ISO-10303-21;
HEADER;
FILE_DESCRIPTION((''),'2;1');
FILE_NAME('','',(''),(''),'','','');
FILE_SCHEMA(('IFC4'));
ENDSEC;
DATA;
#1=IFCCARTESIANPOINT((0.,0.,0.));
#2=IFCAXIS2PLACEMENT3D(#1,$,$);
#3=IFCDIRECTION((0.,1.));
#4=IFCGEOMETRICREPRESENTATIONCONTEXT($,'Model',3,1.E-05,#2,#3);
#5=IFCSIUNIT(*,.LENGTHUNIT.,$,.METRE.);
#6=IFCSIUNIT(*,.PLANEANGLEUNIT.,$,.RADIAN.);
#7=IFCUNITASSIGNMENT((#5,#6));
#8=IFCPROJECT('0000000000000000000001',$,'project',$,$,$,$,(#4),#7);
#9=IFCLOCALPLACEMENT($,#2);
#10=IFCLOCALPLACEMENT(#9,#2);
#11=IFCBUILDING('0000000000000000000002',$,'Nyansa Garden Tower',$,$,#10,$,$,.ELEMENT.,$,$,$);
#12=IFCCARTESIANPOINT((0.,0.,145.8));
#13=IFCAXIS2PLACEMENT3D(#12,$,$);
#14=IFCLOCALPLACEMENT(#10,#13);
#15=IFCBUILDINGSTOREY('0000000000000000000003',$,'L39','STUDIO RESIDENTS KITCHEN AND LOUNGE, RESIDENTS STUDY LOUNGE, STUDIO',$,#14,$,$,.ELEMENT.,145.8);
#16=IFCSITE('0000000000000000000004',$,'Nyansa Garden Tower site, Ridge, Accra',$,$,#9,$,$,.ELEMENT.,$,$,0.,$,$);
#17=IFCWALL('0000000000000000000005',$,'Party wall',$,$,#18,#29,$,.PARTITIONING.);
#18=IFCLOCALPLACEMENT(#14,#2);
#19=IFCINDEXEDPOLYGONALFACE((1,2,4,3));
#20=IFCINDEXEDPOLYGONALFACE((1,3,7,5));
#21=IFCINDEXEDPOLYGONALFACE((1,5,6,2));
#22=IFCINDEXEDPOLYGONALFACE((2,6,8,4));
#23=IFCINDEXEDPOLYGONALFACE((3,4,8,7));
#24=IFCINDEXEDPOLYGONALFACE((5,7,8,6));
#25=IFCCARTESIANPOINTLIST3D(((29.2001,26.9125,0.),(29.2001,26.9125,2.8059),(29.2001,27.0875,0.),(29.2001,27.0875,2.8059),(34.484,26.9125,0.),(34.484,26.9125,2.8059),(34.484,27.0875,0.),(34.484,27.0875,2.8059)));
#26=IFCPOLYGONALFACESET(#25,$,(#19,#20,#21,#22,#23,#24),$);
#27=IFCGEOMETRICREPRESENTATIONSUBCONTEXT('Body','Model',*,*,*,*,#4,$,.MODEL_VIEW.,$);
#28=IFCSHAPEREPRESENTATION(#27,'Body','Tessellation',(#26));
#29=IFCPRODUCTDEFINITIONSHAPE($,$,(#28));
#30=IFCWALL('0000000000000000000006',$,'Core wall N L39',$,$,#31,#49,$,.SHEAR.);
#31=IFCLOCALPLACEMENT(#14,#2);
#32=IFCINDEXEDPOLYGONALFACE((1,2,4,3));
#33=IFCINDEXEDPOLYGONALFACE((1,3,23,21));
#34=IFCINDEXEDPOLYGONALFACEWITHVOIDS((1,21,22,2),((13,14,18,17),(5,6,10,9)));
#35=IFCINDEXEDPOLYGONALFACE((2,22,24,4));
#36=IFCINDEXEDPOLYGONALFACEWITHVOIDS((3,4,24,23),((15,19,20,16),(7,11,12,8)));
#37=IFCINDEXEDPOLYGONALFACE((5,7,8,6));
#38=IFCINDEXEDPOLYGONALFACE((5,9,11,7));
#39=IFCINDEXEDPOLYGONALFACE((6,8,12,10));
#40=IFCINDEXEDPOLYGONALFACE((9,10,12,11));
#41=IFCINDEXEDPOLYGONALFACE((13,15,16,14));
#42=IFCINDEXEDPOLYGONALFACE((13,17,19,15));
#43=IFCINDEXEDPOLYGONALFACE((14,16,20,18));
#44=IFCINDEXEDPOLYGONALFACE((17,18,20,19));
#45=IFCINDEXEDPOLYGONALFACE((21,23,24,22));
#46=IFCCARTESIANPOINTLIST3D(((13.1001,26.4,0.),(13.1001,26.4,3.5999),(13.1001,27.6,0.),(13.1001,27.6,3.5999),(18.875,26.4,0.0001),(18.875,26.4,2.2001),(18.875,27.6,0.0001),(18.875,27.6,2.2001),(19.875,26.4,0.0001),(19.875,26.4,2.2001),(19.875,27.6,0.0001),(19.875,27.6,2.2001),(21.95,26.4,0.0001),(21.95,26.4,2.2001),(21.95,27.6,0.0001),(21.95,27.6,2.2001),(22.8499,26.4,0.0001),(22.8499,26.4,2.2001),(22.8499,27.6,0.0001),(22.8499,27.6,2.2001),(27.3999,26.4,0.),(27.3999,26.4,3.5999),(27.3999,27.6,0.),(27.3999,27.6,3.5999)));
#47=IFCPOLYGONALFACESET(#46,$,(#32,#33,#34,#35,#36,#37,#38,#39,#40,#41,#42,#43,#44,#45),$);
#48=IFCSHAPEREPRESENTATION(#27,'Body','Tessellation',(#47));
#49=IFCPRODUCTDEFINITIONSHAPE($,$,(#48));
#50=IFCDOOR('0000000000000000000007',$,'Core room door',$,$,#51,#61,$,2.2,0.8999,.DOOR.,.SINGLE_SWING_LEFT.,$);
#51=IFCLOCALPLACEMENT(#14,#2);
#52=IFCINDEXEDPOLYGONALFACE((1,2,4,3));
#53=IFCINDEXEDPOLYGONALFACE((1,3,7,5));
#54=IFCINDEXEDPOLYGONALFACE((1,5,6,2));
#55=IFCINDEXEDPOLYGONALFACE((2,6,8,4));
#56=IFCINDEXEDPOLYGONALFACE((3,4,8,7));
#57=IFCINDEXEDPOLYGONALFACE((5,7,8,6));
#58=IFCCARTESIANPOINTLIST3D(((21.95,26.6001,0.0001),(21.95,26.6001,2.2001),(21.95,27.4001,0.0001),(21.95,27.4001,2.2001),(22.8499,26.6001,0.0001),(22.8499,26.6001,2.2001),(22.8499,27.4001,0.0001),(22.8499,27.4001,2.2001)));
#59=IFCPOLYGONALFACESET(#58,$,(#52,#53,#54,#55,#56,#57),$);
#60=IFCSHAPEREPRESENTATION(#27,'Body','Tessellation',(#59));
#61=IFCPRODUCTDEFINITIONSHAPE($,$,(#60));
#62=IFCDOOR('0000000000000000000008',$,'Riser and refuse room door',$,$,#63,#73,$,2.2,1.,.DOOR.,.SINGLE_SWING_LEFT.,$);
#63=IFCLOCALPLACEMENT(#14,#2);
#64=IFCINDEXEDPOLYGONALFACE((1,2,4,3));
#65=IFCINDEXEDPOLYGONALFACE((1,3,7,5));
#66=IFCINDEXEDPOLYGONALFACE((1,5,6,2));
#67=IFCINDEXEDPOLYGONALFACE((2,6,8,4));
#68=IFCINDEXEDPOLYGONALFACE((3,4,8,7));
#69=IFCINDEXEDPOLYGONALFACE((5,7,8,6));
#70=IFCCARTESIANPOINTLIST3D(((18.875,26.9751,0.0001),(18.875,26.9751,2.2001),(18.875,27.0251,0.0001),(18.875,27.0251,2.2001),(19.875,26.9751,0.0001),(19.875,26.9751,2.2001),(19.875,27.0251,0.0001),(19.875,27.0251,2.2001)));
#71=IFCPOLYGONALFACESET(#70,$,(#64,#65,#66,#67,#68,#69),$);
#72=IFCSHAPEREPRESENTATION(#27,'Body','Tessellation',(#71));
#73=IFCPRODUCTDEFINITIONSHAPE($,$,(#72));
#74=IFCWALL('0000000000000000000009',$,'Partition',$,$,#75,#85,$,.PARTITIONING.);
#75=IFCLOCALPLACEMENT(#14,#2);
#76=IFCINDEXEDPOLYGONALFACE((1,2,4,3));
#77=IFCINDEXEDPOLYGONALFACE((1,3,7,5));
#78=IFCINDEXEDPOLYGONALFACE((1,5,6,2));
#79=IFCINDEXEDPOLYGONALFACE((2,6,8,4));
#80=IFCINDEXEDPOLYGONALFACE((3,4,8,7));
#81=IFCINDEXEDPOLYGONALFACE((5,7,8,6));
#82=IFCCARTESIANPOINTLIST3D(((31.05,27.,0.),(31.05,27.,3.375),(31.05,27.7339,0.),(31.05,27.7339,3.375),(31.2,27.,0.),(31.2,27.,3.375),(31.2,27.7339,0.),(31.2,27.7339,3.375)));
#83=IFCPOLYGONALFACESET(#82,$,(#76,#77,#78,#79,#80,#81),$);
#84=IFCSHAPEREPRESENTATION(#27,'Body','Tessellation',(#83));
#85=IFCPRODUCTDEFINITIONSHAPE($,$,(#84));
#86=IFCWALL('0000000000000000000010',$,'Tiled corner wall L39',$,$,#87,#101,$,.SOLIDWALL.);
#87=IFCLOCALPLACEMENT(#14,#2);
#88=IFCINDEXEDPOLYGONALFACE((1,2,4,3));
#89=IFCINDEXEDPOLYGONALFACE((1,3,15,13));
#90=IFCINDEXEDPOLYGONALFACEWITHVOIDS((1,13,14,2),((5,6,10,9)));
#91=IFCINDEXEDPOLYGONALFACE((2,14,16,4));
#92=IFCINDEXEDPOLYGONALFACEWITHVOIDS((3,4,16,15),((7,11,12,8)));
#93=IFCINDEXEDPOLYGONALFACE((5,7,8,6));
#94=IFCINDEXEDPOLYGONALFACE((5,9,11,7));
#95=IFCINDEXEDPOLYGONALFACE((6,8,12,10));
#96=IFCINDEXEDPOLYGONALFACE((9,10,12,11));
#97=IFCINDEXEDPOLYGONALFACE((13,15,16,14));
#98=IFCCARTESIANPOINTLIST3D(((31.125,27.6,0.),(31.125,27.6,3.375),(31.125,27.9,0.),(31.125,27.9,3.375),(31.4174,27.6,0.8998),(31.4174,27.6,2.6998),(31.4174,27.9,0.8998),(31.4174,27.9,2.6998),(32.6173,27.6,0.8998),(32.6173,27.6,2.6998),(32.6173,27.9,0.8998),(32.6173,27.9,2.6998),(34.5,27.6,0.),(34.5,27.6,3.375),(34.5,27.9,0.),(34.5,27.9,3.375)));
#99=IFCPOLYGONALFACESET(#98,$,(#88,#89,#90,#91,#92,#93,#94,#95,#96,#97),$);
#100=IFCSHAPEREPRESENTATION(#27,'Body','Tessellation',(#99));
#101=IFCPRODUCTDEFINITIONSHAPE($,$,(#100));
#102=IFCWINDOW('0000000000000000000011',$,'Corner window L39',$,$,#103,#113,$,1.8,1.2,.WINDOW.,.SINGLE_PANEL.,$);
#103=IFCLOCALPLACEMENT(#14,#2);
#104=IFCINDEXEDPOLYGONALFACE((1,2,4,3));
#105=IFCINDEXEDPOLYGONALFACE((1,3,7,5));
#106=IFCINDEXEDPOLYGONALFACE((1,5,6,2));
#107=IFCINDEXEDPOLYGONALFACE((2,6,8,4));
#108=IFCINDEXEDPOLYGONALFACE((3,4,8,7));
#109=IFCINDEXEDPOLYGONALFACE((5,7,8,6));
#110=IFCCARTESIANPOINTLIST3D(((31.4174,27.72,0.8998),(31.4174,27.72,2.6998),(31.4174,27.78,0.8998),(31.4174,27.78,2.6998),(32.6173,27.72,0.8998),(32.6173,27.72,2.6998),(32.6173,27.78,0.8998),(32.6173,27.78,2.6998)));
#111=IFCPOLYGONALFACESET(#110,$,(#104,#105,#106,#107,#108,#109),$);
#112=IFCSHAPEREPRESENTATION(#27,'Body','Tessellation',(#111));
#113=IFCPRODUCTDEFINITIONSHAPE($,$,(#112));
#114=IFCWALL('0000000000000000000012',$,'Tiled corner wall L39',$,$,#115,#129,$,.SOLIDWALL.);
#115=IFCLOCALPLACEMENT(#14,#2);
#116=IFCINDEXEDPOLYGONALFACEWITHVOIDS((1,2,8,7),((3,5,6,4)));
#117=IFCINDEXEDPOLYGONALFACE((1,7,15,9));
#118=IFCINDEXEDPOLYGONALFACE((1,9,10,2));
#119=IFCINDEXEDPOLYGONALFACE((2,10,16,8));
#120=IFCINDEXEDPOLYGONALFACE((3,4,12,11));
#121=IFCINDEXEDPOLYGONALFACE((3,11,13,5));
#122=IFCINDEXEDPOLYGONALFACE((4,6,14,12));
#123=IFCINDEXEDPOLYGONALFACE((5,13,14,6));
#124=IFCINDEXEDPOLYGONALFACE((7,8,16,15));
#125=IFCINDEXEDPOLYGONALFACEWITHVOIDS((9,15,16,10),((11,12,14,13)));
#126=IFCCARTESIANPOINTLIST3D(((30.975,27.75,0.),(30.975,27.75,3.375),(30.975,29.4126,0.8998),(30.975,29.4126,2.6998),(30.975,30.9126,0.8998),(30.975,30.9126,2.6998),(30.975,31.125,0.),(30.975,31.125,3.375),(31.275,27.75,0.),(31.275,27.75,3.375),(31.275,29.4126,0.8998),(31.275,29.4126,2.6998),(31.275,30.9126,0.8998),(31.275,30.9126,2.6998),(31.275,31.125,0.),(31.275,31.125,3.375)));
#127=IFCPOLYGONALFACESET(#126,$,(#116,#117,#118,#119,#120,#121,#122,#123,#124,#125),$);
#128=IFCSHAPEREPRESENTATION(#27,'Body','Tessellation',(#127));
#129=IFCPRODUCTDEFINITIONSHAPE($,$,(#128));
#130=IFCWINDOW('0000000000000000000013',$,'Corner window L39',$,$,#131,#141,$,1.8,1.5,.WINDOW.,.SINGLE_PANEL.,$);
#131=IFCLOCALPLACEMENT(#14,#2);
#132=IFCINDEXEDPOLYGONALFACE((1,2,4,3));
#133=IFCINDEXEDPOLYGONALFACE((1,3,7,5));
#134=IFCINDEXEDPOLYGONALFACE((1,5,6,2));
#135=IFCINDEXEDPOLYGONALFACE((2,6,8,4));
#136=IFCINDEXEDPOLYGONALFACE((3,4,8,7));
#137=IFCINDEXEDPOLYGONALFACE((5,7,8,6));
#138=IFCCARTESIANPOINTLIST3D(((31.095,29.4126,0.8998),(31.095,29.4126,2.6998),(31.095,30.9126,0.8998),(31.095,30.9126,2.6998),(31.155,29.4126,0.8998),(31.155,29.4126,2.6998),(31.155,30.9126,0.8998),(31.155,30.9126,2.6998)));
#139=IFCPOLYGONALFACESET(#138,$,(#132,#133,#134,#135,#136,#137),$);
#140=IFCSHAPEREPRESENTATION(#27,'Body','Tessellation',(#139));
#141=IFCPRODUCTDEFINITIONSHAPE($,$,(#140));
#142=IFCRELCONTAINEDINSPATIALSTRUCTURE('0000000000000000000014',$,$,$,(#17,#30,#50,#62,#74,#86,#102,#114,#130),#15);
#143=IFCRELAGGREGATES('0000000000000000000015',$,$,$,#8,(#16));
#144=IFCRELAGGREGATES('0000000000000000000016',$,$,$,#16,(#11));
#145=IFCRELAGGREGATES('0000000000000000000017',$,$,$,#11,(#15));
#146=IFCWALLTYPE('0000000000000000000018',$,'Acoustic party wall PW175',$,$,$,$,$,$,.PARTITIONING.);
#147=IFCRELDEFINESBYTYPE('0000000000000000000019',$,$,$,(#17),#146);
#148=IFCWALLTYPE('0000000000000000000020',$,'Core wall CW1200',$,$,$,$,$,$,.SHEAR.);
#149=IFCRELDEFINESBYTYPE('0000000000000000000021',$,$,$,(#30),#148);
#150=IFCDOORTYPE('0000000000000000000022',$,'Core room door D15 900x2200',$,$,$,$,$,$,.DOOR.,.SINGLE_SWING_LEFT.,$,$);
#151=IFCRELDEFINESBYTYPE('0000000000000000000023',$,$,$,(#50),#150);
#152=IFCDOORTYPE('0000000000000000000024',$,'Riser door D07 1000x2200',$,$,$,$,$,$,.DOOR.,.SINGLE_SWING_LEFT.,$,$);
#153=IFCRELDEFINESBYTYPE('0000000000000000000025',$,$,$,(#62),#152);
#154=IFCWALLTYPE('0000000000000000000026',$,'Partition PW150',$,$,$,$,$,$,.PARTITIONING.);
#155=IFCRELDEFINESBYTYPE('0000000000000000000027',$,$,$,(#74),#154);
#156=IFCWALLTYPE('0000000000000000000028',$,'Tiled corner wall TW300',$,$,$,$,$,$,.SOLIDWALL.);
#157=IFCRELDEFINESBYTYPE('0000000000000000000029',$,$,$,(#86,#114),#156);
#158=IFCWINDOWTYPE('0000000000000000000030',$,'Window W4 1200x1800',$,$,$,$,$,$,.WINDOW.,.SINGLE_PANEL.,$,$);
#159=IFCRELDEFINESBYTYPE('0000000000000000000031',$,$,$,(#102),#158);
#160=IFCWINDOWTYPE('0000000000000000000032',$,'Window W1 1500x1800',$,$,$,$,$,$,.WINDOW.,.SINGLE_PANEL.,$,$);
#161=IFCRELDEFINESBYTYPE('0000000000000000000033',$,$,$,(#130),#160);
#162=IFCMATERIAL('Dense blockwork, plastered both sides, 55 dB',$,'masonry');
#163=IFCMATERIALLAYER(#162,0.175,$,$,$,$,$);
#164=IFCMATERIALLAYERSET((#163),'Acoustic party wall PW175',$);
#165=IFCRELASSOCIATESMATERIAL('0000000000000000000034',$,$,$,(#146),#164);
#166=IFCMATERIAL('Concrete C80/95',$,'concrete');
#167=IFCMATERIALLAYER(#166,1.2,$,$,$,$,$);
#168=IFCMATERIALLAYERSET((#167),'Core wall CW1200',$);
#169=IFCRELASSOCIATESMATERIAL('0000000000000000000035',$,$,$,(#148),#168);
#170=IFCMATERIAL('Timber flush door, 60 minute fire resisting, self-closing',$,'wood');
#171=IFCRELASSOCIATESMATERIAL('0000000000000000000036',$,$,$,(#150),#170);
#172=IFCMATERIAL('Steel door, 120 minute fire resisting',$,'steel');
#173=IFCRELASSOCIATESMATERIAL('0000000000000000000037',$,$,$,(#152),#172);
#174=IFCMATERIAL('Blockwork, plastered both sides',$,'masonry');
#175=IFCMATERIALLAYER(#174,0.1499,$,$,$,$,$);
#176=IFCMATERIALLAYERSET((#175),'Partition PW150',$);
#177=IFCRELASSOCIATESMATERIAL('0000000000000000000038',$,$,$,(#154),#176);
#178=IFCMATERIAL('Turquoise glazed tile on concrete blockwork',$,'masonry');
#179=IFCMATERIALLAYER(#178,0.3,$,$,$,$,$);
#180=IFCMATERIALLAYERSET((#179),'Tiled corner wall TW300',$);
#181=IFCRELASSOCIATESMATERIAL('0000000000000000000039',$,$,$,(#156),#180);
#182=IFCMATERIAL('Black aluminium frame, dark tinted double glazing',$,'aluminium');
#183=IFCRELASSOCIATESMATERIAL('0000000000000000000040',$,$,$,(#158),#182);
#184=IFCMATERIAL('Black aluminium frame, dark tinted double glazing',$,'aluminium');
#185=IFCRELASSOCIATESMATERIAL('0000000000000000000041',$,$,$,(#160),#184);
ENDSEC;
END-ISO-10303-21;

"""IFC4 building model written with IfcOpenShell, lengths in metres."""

from ifc_helpers import new_model, si_unit, direction, frame, frame_2d, origin, place, context, subcontext, project, spatial, rectangle, extrude, material, layer, layer_set, type_object, element, fill, save


model = new_model("IFC4")

# Units and contexts
model_context = context("Model", 3, precision=1e-05, world=origin(), true_north=direction((0.0, 1.0)))
body_context = subcontext(model_context, "Body", "Model", "MODEL_VIEW")
ifc_project = project(units=[si_unit("LENGTHUNIT", "METRE"), si_unit("PLANEANGLEUNIT", "RADIAN")], contexts=[model_context])

# Site, building, storey
site_placement = place(None, origin())
site = spatial("IfcSite", under=ifc_project, at=site_placement, Name="Nyansa Garden Tower site, Ridge, Accra", CompositionType="ELEMENT", RefElevation=0.0)
building_placement = place(site_placement, origin())
building = spatial("IfcBuilding", under=site, at=building_placement, Name="Nyansa Garden Tower", CompositionType="ELEMENT")
storey_placement = place(building_placement, frame((0.0, 0.0, 145.8)))
storey = spatial("IfcBuildingStorey", under=building, at=storey_placement, Name="L39", Description="STUDIO RESIDENTS KITCHEN AND LOUNGE, RESIDENTS STUDY LOUNGE, STUDIO", CompositionType="ELEMENT", Elevation=145.8)

# Wall
ifc_material_1 = material(Name="Dense blockwork, plastered both sides, 55 dB", Category="masonry")
ifc_layer_1 = layer(ifc_material_1, 0.175)
ifc_layer_set_1 = layer_set([ifc_layer_1], Name="Acoustic party wall PW175")
wall_type_1 = type_object("IfcWallType", Name="Acoustic party wall PW175", PredefinedType="PARTITIONING", material=ifc_layer_set_1)
wall_1_placement = place(storey_placement, frame((29.2, 27.0, 0.0), z_axis=(0.0, 0.0, 1.0), x_axis=(1.0, 0.0, 0.0)))
element("IfcWall", 1, at=wall_1_placement, inside=storey, type_object=wall_type_1, Name="Party wall", PredefinedType="PARTITIONING", context=body_context, shape_type="SweptSolid", body=[
    extrude(rectangle(XDim=5.2839, YDim=0.175, at=frame_2d((2.6421, 0.0))), origin(), (0.0, 0.0, 1.0), 2.8059),
])

# Wall, openings, doors
ifc_material_2 = material(Name="Concrete C80/95", Category="concrete")
ifc_layer_2 = layer(ifc_material_2, 1.2)
ifc_layer_set_2 = layer_set([ifc_layer_2], Name="Core wall CW1200")
wall_type_2 = type_object("IfcWallType", Name="Core wall CW1200", PredefinedType="SHEAR", material=ifc_layer_set_2)
wall_2_placement = place(storey_placement, frame((27.3999, 27.0, 0.0), z_axis=(0.0, 0.0, 1.0), x_axis=(-1.0, 0.0, 0.0)))
wall_2 = element("IfcWall", 2, at=wall_2_placement, inside=storey, type_object=wall_type_2, Name="Core wall N L39", PredefinedType="SHEAR", context=body_context, shape_type="SweptSolid", body=[
    extrude(rectangle(XDim=14.2998, YDim=1.2, at=frame_2d((7.1499, 0.0))), origin(), (0.0, 0.0, 1.0), 3.5999),
])
opening_1_placement = place(wall_2_placement, frame((4.55, 0.0, 0.0)))
opening_1 = element("IfcOpeningElement", 3, at=opening_1_placement, cuts=wall_2, PredefinedType="OPENING", context=body_context, shape_type="SweptSolid", body=[
    extrude(rectangle(XDim=0.8999, YDim=2.2, at=frame_2d((0.45, 1.1001))), frame((0.0, 0.6099, 0.0), z_axis=(0.0, -1.0, 0.0), x_axis=(1.0, 0.0, 0.0)), (0.0, 0.0, 1.0), 1.22),
])
opening_2_placement = place(wall_2_placement, frame((7.5249, 0.0, 0.0)))
opening_2 = element("IfcOpeningElement", 4, at=opening_2_placement, cuts=wall_2, PredefinedType="OPENING", context=body_context, shape_type="SweptSolid", body=[
    extrude(rectangle(XDim=1.0, YDim=2.2, at=frame_2d((0.5, 1.1001))), frame((0.0, 0.6099, 0.0), z_axis=(0.0, -1.0, 0.0), x_axis=(1.0, 0.0, 0.0)), (0.0, 0.0, 1.0), 1.22),
])
ifc_material_3 = material(Name="Timber flush door, 60 minute fire resisting, self-closing", Category="wood")
door_type_1 = type_object("IfcDoorType", Name="Core room door D15 900x2200", OperationType="SINGLE_SWING_LEFT", PredefinedType="DOOR", material=ifc_material_3)
door_1_placement = place(opening_1_placement, origin())
door_1 = element("IfcDoor", 5, at=door_1_placement, inside=storey, type_object=door_type_1, Name="Core room door", OperationType="SINGLE_SWING_LEFT", OverallHeight=2.2, OverallWidth=0.8999, PredefinedType="DOOR", context=body_context, shape_type="SweptSolid", body=[
    extrude(rectangle(XDim=0.8999, YDim=2.2, at=frame_2d((0.45, 1.1001))), frame((0.0, 0.3999, 0.0), z_axis=(0.0, -1.0, 0.0), x_axis=(1.0, 0.0, 0.0)), (0.0, 0.0, 1.0), 0.8),
])
fill(opening_1, door_1)
ifc_material_4 = material(Name="Steel door, 120 minute fire resisting", Category="steel")
door_type_2 = type_object("IfcDoorType", Name="Riser door D07 1000x2200", OperationType="SINGLE_SWING_LEFT", PredefinedType="DOOR", material=ifc_material_4)
door_2_placement = place(opening_2_placement, origin())
door_2 = element("IfcDoor", 6, at=door_2_placement, inside=storey, type_object=door_type_2, Name="Riser and refuse room door", OperationType="SINGLE_SWING_LEFT", OverallHeight=2.2, OverallWidth=1.0, PredefinedType="DOOR", context=body_context, shape_type="SweptSolid", body=[
    extrude(rectangle(XDim=1.0, YDim=2.2, at=frame_2d((0.5, 1.1001))), frame((0.0, 0.0249, 0.0), z_axis=(0.0, -1.0, 0.0), x_axis=(1.0, 0.0, 0.0)), (0.0, 0.0, 1.0), 0.05),
])
fill(opening_2, door_2)

# Wall
ifc_material_5 = material(Name="Blockwork, plastered both sides", Category="masonry")
ifc_layer_3 = layer(ifc_material_5, 0.1499)
ifc_layer_set_3 = layer_set([ifc_layer_3], Name="Partition PW150")
wall_type_3 = type_object("IfcWallType", Name="Partition PW150", PredefinedType="PARTITIONING", material=ifc_layer_set_3)
wall_3_placement = place(storey_placement, frame((31.125, 27.0, 0.0), z_axis=(0.0, 0.0, 1.0), x_axis=(0.0, 1.0, 0.0)))
element("IfcWall", 7, at=wall_3_placement, inside=storey, type_object=wall_type_3, Name="Partition", PredefinedType="PARTITIONING", context=body_context, shape_type="SweptSolid", body=[
    extrude(rectangle(XDim=0.7339, YDim=0.1499, at=frame_2d((0.3669, 0.0))), origin(), (0.0, 0.0, 1.0), 3.375),
])

# Walls, openings, windows
ifc_material_6 = material(Name="Turquoise glazed tile on concrete blockwork", Category="masonry")
ifc_layer_4 = layer(ifc_material_6, 0.3)
ifc_layer_set_4 = layer_set([ifc_layer_4], Name="Tiled corner wall TW300")
wall_type_4 = type_object("IfcWallType", Name="Tiled corner wall TW300", PredefinedType="SOLIDWALL", material=ifc_layer_set_4)
wall_4_placement = place(storey_placement, frame((34.5, 27.75, 0.0), z_axis=(0.0, 0.0, 1.0), x_axis=(-1.0, 0.0, 0.0)))
wall_4 = element("IfcWall", 8, at=wall_4_placement, inside=storey, type_object=wall_type_4, Name="Tiled corner wall L39", PredefinedType="SOLIDWALL", context=body_context, shape_type="SweptSolid", body=[
    extrude(rectangle(XDim=3.375, YDim=0.3, at=frame_2d((1.6875, 0.0))), origin(), (0.0, 0.0, 1.0), 3.375),
])
opening_3_placement = place(wall_4_placement, frame((1.8826, 0.0, 0.8999)))
opening_3 = element("IfcOpeningElement", 9, at=opening_3_placement, cuts=wall_4, PredefinedType="OPENING", context=body_context, shape_type="SweptSolid", body=[
    extrude(rectangle(XDim=1.2, YDim=1.8, at=frame_2d((0.6001, 0.8999))), frame((0.0, 0.1599, 0.0), z_axis=(0.0, -1.0, 0.0), x_axis=(1.0, 0.0, 0.0)), (0.0, 0.0, 1.0), 0.3201),
])
ifc_material_7 = material(Name="Black aluminium frame, dark tinted double glazing", Category="aluminium")
window_type_1 = type_object("IfcWindowType", Name="Window W4 1200x1800", PartitioningType="SINGLE_PANEL", PredefinedType="WINDOW", material=ifc_material_7)
window_1_placement = place(opening_3_placement, origin())
window_1 = element("IfcWindow", 10, at=window_1_placement, inside=storey, type_object=window_type_1, Name="Corner window L39", OverallHeight=1.8, OverallWidth=1.2, PartitioningType="SINGLE_PANEL", PredefinedType="WINDOW", context=body_context, shape_type="SweptSolid", body=[
    extrude(rectangle(XDim=1.2, YDim=1.8, at=frame_2d((0.6001, 0.8999))), frame((0.0, 0.03, 0.0), z_axis=(0.0, -1.0, 0.0), x_axis=(1.0, 0.0, 0.0)), (0.0, 0.0, 1.0), 0.0601),
])
fill(opening_3, window_1)
wall_5_placement = place(storey_placement, frame((31.125, 27.75, 0.0), z_axis=(0.0, 0.0, 1.0), x_axis=(0.0, 1.0, 0.0)))
wall_5 = element("IfcWall", 11, at=wall_5_placement, inside=storey, type_object=wall_type_4, Name="Tiled corner wall L39", PredefinedType="SOLIDWALL", context=body_context, shape_type="SweptSolid", body=[
    extrude(rectangle(XDim=3.375, YDim=0.3, at=frame_2d((1.6875, 0.0))), origin(), (0.0, 0.0, 1.0), 3.375),
])
opening_4_placement = place(wall_5_placement, frame((1.6626, 0.0, 0.8999)))
opening_4 = element("IfcOpeningElement", 12, at=opening_4_placement, cuts=wall_5, PredefinedType="OPENING", context=body_context, shape_type="SweptSolid", body=[
    extrude(rectangle(XDim=1.5, YDim=1.8, at=frame_2d((0.75, 0.8999))), frame((0.0, 0.1599, 0.0), z_axis=(0.0, -1.0, 0.0), x_axis=(1.0, 0.0, 0.0)), (0.0, 0.0, 1.0), 0.3201),
])
ifc_material_8 = material(Name="Black aluminium frame, dark tinted double glazing", Category="aluminium")
window_type_2 = type_object("IfcWindowType", Name="Window W1 1500x1800", PartitioningType="SINGLE_PANEL", PredefinedType="WINDOW", material=ifc_material_8)
window_2_placement = place(opening_4_placement, origin())
window_2 = element("IfcWindow", 13, at=window_2_placement, inside=storey, type_object=window_type_2, Name="Corner window L39", OverallHeight=1.8, OverallWidth=1.5, PartitioningType="SINGLE_PANEL", PredefinedType="WINDOW", context=body_context, shape_type="SweptSolid", body=[
    extrude(rectangle(XDim=1.5, YDim=1.8, at=frame_2d((0.75, 0.8999))), frame((0.0, 0.03, 0.0), z_axis=(0.0, -1.0, 0.0), x_axis=(1.0, 0.0, 0.0)), (0.0, 0.0, 1.0), 0.0601),
])
fill(opening_4, window_2)

save(model, "model.ifc")
